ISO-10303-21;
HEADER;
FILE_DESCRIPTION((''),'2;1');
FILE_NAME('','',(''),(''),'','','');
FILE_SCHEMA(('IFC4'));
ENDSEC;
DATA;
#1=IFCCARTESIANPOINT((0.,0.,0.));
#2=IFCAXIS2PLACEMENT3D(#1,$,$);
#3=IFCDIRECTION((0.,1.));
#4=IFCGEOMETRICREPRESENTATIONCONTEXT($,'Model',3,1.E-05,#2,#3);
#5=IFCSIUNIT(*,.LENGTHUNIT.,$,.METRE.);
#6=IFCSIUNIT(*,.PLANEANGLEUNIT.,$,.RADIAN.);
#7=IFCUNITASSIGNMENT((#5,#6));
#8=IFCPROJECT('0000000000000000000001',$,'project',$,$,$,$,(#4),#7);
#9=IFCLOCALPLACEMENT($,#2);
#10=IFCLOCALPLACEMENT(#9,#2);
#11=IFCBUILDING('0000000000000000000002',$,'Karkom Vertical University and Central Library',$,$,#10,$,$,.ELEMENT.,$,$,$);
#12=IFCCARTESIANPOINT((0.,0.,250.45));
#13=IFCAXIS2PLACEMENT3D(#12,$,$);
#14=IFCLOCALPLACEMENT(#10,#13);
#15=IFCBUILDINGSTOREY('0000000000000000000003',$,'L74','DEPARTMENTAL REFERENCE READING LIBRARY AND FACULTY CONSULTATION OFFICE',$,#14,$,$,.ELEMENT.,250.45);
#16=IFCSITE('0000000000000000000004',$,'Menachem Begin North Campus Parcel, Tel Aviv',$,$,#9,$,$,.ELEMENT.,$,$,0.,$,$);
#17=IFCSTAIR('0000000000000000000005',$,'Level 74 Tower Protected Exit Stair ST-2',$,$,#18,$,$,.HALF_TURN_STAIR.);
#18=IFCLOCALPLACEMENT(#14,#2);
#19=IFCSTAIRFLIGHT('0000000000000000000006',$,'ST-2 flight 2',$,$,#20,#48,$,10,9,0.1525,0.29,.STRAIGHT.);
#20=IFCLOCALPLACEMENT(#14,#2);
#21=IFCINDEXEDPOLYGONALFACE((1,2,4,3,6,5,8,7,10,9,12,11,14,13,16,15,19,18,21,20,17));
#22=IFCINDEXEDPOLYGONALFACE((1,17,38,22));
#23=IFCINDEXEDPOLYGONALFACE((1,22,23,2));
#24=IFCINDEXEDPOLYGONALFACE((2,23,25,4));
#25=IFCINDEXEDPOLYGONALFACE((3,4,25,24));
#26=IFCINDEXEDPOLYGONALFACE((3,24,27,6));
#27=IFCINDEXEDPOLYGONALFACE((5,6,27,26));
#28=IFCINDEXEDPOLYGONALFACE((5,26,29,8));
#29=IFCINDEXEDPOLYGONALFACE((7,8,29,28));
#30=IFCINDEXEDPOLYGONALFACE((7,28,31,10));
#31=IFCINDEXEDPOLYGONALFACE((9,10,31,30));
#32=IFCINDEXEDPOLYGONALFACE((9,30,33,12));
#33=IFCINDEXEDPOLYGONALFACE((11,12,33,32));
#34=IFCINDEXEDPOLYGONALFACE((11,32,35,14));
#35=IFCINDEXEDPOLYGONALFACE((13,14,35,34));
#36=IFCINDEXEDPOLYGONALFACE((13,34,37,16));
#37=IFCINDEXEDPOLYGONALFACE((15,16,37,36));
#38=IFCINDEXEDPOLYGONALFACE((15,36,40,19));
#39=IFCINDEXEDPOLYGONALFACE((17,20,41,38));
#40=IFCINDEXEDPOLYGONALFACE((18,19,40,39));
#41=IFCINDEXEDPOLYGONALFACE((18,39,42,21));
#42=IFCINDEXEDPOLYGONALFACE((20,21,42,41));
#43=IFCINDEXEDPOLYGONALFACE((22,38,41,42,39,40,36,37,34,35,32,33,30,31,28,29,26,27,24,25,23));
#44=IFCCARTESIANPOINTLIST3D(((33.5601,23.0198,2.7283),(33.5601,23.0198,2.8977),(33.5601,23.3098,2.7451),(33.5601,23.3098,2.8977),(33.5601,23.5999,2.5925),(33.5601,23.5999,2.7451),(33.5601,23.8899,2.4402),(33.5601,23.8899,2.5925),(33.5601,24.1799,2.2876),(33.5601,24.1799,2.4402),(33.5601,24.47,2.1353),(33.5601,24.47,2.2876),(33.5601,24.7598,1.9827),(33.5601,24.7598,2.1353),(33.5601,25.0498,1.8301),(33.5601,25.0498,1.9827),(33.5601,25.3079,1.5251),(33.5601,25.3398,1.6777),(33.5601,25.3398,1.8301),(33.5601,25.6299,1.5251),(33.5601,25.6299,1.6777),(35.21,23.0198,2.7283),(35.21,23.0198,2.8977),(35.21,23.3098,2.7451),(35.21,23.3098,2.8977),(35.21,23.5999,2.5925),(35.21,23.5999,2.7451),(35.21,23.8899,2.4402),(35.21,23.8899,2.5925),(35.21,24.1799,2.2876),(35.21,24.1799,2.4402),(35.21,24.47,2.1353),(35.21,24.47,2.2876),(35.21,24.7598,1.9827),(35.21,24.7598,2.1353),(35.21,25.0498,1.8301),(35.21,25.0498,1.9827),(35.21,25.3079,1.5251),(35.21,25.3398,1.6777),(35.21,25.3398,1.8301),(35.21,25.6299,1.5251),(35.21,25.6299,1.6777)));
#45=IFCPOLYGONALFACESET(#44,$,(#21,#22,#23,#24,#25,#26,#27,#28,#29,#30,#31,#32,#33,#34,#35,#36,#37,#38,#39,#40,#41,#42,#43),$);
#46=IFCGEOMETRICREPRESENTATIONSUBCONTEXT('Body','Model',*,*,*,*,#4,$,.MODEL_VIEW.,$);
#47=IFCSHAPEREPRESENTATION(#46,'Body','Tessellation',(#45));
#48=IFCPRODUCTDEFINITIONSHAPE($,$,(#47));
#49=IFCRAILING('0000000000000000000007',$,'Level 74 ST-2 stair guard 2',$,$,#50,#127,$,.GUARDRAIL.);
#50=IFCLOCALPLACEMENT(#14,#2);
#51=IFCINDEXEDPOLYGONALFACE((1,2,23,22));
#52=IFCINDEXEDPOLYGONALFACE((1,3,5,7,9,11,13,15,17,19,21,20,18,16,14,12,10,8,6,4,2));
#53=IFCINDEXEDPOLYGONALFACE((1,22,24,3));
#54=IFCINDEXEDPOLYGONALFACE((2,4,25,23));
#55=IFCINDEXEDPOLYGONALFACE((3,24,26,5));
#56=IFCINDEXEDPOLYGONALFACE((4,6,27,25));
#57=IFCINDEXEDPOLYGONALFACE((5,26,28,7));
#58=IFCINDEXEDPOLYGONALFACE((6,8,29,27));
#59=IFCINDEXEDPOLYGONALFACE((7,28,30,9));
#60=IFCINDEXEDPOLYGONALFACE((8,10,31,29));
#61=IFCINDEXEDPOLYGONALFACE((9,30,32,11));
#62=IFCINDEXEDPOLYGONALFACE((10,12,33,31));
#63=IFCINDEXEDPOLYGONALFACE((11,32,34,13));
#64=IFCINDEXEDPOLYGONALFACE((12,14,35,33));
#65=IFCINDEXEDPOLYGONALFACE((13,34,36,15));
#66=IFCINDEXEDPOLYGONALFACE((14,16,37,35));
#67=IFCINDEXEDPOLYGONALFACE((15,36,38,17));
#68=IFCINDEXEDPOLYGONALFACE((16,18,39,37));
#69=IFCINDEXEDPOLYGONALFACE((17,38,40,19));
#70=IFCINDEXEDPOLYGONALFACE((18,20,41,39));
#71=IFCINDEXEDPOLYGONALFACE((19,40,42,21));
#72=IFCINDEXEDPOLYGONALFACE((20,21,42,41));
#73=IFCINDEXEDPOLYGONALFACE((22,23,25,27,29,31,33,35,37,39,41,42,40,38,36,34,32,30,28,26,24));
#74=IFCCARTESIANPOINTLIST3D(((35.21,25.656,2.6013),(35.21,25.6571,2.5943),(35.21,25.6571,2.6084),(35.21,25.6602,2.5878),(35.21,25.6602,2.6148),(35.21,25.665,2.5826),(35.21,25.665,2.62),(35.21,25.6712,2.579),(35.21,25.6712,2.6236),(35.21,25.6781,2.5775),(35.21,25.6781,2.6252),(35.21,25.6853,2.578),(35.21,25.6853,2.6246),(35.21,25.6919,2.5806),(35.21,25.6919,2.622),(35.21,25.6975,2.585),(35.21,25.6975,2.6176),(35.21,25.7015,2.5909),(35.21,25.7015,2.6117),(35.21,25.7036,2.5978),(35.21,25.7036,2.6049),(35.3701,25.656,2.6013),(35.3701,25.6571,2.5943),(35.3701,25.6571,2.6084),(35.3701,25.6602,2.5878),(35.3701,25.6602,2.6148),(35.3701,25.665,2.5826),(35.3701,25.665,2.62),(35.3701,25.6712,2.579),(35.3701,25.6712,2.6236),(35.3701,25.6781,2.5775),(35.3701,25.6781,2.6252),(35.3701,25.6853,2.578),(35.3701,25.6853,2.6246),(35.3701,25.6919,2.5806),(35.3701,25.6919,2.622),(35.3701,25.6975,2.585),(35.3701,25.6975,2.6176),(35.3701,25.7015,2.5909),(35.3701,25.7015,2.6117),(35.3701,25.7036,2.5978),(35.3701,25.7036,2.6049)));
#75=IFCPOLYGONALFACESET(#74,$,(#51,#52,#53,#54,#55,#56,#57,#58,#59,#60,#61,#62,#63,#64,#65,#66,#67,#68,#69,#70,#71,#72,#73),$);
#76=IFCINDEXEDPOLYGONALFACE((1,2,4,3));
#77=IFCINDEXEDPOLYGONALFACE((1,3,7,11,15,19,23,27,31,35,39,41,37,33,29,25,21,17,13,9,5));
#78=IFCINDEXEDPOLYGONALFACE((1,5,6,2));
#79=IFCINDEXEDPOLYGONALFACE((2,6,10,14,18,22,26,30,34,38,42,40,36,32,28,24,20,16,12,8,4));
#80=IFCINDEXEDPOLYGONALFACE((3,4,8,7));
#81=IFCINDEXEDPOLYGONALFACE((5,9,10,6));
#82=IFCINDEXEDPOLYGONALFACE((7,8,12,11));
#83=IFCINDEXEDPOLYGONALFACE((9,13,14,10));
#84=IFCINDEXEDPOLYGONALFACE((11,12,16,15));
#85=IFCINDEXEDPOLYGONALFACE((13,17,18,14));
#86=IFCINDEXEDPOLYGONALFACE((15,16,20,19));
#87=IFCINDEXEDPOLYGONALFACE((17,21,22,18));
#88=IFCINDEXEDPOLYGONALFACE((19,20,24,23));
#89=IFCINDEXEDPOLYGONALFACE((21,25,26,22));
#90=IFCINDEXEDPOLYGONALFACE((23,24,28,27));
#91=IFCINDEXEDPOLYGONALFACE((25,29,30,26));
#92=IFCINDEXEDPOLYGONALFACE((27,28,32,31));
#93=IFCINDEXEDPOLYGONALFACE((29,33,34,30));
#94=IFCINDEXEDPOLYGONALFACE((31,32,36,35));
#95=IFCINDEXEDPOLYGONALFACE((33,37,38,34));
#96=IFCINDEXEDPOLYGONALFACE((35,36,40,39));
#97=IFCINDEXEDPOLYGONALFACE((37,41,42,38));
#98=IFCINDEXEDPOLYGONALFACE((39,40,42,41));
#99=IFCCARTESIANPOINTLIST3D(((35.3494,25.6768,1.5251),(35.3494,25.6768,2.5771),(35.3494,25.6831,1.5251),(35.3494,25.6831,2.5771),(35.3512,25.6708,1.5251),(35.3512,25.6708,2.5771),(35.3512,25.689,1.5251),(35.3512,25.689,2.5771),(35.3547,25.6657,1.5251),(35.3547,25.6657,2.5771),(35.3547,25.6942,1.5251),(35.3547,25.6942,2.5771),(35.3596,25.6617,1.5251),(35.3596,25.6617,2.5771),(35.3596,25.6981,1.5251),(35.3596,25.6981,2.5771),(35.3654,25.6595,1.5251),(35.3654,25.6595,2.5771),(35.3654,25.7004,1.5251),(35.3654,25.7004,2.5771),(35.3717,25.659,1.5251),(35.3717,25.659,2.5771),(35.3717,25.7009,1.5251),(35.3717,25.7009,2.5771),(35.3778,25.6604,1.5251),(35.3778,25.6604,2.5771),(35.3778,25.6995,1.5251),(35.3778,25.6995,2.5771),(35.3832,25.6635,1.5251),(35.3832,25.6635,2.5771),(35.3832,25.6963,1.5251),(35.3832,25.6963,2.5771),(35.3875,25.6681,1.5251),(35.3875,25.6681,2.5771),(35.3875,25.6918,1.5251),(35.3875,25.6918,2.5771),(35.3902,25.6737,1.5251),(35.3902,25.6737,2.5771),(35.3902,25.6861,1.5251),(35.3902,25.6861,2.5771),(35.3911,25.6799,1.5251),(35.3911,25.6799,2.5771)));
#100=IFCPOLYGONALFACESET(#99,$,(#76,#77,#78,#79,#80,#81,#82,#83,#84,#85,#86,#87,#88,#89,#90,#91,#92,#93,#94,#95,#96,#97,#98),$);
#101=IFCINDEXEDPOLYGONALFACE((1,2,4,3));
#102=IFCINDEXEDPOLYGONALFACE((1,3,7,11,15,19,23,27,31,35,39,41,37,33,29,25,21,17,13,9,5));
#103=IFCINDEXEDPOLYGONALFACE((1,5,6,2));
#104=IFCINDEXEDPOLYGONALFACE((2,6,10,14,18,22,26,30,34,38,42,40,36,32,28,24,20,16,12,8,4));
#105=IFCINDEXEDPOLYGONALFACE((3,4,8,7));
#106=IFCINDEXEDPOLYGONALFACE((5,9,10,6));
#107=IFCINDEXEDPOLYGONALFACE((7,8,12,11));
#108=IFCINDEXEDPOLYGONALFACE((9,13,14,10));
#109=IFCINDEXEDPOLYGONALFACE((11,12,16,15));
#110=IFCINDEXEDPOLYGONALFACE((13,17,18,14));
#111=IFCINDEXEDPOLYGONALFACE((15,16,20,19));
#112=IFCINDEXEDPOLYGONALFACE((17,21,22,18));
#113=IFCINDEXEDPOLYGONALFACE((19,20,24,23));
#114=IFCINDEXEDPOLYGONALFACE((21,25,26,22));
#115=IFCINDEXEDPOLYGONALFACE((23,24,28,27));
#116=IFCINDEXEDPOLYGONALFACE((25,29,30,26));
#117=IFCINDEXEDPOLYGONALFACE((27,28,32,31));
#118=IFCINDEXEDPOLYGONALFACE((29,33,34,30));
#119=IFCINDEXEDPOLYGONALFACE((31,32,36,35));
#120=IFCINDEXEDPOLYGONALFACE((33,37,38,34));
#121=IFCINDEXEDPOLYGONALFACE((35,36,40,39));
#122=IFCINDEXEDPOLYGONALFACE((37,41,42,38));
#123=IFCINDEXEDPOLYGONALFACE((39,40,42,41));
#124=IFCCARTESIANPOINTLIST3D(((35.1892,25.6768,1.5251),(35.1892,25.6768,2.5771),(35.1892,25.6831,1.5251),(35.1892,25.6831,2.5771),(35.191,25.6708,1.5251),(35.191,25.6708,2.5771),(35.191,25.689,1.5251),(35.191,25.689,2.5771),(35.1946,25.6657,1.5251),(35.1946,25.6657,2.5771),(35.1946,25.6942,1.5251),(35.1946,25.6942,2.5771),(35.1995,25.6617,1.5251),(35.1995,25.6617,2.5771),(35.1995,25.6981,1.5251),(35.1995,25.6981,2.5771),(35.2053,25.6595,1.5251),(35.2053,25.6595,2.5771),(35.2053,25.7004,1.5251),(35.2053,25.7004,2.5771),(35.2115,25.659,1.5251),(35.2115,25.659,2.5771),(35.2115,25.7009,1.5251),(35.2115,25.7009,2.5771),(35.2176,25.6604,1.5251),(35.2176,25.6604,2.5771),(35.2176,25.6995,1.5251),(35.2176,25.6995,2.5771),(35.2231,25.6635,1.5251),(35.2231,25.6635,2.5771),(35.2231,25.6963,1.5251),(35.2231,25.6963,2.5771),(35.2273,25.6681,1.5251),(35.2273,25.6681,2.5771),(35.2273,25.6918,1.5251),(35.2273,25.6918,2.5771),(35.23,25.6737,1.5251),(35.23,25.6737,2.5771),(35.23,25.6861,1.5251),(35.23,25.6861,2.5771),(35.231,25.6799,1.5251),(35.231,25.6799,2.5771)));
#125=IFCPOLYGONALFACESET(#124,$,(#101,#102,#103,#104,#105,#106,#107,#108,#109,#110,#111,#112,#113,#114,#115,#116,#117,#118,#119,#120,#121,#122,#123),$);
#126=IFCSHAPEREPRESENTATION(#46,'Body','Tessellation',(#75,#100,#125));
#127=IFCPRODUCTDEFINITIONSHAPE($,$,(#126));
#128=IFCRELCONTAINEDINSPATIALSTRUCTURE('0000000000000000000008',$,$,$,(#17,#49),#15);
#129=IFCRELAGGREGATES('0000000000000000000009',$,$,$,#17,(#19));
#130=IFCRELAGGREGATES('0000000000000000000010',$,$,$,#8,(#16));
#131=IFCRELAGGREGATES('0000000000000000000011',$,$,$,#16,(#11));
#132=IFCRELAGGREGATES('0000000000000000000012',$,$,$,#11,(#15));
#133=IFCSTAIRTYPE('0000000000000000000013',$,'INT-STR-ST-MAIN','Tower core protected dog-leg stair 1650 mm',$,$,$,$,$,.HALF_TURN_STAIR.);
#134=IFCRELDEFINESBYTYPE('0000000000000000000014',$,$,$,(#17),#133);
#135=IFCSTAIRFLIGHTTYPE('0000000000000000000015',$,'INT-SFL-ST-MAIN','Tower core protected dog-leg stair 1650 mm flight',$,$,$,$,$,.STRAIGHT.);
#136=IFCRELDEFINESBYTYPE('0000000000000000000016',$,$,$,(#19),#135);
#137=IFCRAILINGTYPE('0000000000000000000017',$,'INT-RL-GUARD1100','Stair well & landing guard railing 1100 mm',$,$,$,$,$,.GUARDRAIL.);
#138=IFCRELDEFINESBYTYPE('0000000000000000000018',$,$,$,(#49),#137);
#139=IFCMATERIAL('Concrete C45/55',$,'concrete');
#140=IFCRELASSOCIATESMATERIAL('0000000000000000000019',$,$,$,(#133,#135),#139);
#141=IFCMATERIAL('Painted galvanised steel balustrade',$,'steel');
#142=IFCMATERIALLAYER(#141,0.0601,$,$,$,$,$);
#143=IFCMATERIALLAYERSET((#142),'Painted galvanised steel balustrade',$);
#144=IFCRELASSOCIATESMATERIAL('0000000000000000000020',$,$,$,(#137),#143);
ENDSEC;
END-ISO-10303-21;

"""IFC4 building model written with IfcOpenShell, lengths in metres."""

from ifc_helpers import new_model, si_unit, direction, frame, origin, origin_2d, place, context, subcontext, project, spatial, polyline, circle, outline, extrude, material, layer, layer_set, type_object, element, aggregate, save


model = new_model("IFC4")

# Units and contexts
model_context = context("Model", 3, precision=1e-05, world=origin(), true_north=direction((0.0, 1.0)))
body_context = subcontext(model_context, "Body", "Model", "MODEL_VIEW")
ifc_project = project(units=[si_unit("LENGTHUNIT", "METRE"), si_unit("PLANEANGLEUNIT", "RADIAN")], contexts=[model_context])

# Site, building, storey
site_placement = place(None, origin())
site = spatial("IfcSite", under=ifc_project, at=site_placement, Name="Menachem Begin North Campus Parcel, Tel Aviv", CompositionType="ELEMENT", RefElevation=0.0)
building_placement = place(site_placement, origin())
building = spatial("IfcBuilding", under=site, at=building_placement, Name="Karkom Vertical University and Central Library", CompositionType="ELEMENT")
storey_placement = place(building_placement, frame((0.0, 0.0, 250.45)))
storey = spatial("IfcBuildingStorey", under=building, at=storey_placement, Name="L74", Description="DEPARTMENTAL REFERENCE READING LIBRARY AND FACULTY CONSULTATION OFFICE", CompositionType="ELEMENT", Elevation=250.45)

# Shared definitions
ifc_material_1 = material(Name="Concrete C45/55", Category="concrete")

# Stair, stair flight
stair_type = type_object("IfcStairType", Name="INT-STR-ST-MAIN", Description="Tower core protected dog-leg stair 1650 mm", PredefinedType="HALF_TURN_STAIR", material=ifc_material_1)
stair_placement = place(storey_placement, origin())
stair = element("IfcStair", 1, at=stair_placement, inside=storey, type_object=stair_type, Name="Level 74 Tower Protected Exit Stair ST-2", PredefinedType="HALF_TURN_STAIR")
stair_flight_type = type_object("IfcStairFlightType", Name="INT-SFL-ST-MAIN", Description="Tower core protected dog-leg stair 1650 mm flight", PredefinedType="STRAIGHT", material=ifc_material_1)
stair_flight_placement = place(storey_placement, frame((34.385, 25.6299, 1.5251), z_axis=(0.0, 0.0, 1.0), x_axis=(0.0, -1.0, 0.0)))
stair_flight = element("IfcStairFlight", 2, at=stair_flight_placement, type_object=stair_flight_type, Name="ST-2 flight 2", NumberOfRisers=10, NumberOfTreads=9, PredefinedType="STRAIGHT", RiserHeight=0.1525, TreadLength=0.29, context=body_context, shape_type="SweptSolid", body=[
    extrude(outline(polyline([(0.0, 0.0), (0.0, 0.1526), (0.29, 0.1526), (0.29, 0.3049), (0.5801, 0.3049), (0.5801, 0.4575), (0.8701, 0.4575), (0.8701, 0.6101), (1.1599, 0.6101), (1.1599, 0.7625), (1.45, 0.7625), (1.45, 0.915), (1.74, 0.915), (1.74, 1.0674), (2.03, 1.0674), (2.03, 1.22), (2.3201, 1.22), (2.3201, 1.3726), (2.6101, 1.3726), (2.6101, 1.5249), (2.6101, 1.2031), (0.322, 0.0), (0.0, 0.0)])), frame((0.0, 0.825, 0.0), z_axis=(0.0, -1.0, 0.0), x_axis=(1.0, 0.0, 0.0)), (0.0, 0.0, 1.0), 1.6499),
])
aggregate(stair, [stair_flight])

# Railing
ifc_material_2 = material(Name="Painted galvanised steel balustrade", Category="steel")
ifc_layer_1 = layer(ifc_material_2, 0.0601)
ifc_layer_set_1 = layer_set([ifc_layer_1], Name="Painted galvanised steel balustrade")
railing_type = type_object("IfcRailingType", Name="INT-RL-GUARD1100", Description="Stair well & landing guard railing 1100 mm", PredefinedType="GUARDRAIL", material=ifc_layer_set_1)
railing_1_placement = place(storey_placement, frame((35.3701, 25.6799, 1.5251)))
element("IfcRailing", 3, at=railing_1_placement, inside=storey, type_object=railing_type, Name="Level 74 ST-2 stair guard 2", PredefinedType="GUARDRAIL", context=body_context, shape_type="SweptSolid", body=[
    extrude(circle(Radius=0.0239, at=origin_2d()), frame((0.0, 0.0, 1.0762), z_axis=(-1.0, 0.0, 0.0), x_axis=(0.0, -1.0, 0.0)), (0.0, 0.0, 1.0), 0.1602),
    extrude(circle(Radius=0.021, at=origin_2d()), origin(), (0.0, 0.0, 1.0), 1.052),
    extrude(circle(Radius=0.021, at=origin_2d()), frame((-0.1602, 0.0, 0.0)), (0.0, 0.0, 1.0), 1.052),
])

save(model, "model.ifc")
